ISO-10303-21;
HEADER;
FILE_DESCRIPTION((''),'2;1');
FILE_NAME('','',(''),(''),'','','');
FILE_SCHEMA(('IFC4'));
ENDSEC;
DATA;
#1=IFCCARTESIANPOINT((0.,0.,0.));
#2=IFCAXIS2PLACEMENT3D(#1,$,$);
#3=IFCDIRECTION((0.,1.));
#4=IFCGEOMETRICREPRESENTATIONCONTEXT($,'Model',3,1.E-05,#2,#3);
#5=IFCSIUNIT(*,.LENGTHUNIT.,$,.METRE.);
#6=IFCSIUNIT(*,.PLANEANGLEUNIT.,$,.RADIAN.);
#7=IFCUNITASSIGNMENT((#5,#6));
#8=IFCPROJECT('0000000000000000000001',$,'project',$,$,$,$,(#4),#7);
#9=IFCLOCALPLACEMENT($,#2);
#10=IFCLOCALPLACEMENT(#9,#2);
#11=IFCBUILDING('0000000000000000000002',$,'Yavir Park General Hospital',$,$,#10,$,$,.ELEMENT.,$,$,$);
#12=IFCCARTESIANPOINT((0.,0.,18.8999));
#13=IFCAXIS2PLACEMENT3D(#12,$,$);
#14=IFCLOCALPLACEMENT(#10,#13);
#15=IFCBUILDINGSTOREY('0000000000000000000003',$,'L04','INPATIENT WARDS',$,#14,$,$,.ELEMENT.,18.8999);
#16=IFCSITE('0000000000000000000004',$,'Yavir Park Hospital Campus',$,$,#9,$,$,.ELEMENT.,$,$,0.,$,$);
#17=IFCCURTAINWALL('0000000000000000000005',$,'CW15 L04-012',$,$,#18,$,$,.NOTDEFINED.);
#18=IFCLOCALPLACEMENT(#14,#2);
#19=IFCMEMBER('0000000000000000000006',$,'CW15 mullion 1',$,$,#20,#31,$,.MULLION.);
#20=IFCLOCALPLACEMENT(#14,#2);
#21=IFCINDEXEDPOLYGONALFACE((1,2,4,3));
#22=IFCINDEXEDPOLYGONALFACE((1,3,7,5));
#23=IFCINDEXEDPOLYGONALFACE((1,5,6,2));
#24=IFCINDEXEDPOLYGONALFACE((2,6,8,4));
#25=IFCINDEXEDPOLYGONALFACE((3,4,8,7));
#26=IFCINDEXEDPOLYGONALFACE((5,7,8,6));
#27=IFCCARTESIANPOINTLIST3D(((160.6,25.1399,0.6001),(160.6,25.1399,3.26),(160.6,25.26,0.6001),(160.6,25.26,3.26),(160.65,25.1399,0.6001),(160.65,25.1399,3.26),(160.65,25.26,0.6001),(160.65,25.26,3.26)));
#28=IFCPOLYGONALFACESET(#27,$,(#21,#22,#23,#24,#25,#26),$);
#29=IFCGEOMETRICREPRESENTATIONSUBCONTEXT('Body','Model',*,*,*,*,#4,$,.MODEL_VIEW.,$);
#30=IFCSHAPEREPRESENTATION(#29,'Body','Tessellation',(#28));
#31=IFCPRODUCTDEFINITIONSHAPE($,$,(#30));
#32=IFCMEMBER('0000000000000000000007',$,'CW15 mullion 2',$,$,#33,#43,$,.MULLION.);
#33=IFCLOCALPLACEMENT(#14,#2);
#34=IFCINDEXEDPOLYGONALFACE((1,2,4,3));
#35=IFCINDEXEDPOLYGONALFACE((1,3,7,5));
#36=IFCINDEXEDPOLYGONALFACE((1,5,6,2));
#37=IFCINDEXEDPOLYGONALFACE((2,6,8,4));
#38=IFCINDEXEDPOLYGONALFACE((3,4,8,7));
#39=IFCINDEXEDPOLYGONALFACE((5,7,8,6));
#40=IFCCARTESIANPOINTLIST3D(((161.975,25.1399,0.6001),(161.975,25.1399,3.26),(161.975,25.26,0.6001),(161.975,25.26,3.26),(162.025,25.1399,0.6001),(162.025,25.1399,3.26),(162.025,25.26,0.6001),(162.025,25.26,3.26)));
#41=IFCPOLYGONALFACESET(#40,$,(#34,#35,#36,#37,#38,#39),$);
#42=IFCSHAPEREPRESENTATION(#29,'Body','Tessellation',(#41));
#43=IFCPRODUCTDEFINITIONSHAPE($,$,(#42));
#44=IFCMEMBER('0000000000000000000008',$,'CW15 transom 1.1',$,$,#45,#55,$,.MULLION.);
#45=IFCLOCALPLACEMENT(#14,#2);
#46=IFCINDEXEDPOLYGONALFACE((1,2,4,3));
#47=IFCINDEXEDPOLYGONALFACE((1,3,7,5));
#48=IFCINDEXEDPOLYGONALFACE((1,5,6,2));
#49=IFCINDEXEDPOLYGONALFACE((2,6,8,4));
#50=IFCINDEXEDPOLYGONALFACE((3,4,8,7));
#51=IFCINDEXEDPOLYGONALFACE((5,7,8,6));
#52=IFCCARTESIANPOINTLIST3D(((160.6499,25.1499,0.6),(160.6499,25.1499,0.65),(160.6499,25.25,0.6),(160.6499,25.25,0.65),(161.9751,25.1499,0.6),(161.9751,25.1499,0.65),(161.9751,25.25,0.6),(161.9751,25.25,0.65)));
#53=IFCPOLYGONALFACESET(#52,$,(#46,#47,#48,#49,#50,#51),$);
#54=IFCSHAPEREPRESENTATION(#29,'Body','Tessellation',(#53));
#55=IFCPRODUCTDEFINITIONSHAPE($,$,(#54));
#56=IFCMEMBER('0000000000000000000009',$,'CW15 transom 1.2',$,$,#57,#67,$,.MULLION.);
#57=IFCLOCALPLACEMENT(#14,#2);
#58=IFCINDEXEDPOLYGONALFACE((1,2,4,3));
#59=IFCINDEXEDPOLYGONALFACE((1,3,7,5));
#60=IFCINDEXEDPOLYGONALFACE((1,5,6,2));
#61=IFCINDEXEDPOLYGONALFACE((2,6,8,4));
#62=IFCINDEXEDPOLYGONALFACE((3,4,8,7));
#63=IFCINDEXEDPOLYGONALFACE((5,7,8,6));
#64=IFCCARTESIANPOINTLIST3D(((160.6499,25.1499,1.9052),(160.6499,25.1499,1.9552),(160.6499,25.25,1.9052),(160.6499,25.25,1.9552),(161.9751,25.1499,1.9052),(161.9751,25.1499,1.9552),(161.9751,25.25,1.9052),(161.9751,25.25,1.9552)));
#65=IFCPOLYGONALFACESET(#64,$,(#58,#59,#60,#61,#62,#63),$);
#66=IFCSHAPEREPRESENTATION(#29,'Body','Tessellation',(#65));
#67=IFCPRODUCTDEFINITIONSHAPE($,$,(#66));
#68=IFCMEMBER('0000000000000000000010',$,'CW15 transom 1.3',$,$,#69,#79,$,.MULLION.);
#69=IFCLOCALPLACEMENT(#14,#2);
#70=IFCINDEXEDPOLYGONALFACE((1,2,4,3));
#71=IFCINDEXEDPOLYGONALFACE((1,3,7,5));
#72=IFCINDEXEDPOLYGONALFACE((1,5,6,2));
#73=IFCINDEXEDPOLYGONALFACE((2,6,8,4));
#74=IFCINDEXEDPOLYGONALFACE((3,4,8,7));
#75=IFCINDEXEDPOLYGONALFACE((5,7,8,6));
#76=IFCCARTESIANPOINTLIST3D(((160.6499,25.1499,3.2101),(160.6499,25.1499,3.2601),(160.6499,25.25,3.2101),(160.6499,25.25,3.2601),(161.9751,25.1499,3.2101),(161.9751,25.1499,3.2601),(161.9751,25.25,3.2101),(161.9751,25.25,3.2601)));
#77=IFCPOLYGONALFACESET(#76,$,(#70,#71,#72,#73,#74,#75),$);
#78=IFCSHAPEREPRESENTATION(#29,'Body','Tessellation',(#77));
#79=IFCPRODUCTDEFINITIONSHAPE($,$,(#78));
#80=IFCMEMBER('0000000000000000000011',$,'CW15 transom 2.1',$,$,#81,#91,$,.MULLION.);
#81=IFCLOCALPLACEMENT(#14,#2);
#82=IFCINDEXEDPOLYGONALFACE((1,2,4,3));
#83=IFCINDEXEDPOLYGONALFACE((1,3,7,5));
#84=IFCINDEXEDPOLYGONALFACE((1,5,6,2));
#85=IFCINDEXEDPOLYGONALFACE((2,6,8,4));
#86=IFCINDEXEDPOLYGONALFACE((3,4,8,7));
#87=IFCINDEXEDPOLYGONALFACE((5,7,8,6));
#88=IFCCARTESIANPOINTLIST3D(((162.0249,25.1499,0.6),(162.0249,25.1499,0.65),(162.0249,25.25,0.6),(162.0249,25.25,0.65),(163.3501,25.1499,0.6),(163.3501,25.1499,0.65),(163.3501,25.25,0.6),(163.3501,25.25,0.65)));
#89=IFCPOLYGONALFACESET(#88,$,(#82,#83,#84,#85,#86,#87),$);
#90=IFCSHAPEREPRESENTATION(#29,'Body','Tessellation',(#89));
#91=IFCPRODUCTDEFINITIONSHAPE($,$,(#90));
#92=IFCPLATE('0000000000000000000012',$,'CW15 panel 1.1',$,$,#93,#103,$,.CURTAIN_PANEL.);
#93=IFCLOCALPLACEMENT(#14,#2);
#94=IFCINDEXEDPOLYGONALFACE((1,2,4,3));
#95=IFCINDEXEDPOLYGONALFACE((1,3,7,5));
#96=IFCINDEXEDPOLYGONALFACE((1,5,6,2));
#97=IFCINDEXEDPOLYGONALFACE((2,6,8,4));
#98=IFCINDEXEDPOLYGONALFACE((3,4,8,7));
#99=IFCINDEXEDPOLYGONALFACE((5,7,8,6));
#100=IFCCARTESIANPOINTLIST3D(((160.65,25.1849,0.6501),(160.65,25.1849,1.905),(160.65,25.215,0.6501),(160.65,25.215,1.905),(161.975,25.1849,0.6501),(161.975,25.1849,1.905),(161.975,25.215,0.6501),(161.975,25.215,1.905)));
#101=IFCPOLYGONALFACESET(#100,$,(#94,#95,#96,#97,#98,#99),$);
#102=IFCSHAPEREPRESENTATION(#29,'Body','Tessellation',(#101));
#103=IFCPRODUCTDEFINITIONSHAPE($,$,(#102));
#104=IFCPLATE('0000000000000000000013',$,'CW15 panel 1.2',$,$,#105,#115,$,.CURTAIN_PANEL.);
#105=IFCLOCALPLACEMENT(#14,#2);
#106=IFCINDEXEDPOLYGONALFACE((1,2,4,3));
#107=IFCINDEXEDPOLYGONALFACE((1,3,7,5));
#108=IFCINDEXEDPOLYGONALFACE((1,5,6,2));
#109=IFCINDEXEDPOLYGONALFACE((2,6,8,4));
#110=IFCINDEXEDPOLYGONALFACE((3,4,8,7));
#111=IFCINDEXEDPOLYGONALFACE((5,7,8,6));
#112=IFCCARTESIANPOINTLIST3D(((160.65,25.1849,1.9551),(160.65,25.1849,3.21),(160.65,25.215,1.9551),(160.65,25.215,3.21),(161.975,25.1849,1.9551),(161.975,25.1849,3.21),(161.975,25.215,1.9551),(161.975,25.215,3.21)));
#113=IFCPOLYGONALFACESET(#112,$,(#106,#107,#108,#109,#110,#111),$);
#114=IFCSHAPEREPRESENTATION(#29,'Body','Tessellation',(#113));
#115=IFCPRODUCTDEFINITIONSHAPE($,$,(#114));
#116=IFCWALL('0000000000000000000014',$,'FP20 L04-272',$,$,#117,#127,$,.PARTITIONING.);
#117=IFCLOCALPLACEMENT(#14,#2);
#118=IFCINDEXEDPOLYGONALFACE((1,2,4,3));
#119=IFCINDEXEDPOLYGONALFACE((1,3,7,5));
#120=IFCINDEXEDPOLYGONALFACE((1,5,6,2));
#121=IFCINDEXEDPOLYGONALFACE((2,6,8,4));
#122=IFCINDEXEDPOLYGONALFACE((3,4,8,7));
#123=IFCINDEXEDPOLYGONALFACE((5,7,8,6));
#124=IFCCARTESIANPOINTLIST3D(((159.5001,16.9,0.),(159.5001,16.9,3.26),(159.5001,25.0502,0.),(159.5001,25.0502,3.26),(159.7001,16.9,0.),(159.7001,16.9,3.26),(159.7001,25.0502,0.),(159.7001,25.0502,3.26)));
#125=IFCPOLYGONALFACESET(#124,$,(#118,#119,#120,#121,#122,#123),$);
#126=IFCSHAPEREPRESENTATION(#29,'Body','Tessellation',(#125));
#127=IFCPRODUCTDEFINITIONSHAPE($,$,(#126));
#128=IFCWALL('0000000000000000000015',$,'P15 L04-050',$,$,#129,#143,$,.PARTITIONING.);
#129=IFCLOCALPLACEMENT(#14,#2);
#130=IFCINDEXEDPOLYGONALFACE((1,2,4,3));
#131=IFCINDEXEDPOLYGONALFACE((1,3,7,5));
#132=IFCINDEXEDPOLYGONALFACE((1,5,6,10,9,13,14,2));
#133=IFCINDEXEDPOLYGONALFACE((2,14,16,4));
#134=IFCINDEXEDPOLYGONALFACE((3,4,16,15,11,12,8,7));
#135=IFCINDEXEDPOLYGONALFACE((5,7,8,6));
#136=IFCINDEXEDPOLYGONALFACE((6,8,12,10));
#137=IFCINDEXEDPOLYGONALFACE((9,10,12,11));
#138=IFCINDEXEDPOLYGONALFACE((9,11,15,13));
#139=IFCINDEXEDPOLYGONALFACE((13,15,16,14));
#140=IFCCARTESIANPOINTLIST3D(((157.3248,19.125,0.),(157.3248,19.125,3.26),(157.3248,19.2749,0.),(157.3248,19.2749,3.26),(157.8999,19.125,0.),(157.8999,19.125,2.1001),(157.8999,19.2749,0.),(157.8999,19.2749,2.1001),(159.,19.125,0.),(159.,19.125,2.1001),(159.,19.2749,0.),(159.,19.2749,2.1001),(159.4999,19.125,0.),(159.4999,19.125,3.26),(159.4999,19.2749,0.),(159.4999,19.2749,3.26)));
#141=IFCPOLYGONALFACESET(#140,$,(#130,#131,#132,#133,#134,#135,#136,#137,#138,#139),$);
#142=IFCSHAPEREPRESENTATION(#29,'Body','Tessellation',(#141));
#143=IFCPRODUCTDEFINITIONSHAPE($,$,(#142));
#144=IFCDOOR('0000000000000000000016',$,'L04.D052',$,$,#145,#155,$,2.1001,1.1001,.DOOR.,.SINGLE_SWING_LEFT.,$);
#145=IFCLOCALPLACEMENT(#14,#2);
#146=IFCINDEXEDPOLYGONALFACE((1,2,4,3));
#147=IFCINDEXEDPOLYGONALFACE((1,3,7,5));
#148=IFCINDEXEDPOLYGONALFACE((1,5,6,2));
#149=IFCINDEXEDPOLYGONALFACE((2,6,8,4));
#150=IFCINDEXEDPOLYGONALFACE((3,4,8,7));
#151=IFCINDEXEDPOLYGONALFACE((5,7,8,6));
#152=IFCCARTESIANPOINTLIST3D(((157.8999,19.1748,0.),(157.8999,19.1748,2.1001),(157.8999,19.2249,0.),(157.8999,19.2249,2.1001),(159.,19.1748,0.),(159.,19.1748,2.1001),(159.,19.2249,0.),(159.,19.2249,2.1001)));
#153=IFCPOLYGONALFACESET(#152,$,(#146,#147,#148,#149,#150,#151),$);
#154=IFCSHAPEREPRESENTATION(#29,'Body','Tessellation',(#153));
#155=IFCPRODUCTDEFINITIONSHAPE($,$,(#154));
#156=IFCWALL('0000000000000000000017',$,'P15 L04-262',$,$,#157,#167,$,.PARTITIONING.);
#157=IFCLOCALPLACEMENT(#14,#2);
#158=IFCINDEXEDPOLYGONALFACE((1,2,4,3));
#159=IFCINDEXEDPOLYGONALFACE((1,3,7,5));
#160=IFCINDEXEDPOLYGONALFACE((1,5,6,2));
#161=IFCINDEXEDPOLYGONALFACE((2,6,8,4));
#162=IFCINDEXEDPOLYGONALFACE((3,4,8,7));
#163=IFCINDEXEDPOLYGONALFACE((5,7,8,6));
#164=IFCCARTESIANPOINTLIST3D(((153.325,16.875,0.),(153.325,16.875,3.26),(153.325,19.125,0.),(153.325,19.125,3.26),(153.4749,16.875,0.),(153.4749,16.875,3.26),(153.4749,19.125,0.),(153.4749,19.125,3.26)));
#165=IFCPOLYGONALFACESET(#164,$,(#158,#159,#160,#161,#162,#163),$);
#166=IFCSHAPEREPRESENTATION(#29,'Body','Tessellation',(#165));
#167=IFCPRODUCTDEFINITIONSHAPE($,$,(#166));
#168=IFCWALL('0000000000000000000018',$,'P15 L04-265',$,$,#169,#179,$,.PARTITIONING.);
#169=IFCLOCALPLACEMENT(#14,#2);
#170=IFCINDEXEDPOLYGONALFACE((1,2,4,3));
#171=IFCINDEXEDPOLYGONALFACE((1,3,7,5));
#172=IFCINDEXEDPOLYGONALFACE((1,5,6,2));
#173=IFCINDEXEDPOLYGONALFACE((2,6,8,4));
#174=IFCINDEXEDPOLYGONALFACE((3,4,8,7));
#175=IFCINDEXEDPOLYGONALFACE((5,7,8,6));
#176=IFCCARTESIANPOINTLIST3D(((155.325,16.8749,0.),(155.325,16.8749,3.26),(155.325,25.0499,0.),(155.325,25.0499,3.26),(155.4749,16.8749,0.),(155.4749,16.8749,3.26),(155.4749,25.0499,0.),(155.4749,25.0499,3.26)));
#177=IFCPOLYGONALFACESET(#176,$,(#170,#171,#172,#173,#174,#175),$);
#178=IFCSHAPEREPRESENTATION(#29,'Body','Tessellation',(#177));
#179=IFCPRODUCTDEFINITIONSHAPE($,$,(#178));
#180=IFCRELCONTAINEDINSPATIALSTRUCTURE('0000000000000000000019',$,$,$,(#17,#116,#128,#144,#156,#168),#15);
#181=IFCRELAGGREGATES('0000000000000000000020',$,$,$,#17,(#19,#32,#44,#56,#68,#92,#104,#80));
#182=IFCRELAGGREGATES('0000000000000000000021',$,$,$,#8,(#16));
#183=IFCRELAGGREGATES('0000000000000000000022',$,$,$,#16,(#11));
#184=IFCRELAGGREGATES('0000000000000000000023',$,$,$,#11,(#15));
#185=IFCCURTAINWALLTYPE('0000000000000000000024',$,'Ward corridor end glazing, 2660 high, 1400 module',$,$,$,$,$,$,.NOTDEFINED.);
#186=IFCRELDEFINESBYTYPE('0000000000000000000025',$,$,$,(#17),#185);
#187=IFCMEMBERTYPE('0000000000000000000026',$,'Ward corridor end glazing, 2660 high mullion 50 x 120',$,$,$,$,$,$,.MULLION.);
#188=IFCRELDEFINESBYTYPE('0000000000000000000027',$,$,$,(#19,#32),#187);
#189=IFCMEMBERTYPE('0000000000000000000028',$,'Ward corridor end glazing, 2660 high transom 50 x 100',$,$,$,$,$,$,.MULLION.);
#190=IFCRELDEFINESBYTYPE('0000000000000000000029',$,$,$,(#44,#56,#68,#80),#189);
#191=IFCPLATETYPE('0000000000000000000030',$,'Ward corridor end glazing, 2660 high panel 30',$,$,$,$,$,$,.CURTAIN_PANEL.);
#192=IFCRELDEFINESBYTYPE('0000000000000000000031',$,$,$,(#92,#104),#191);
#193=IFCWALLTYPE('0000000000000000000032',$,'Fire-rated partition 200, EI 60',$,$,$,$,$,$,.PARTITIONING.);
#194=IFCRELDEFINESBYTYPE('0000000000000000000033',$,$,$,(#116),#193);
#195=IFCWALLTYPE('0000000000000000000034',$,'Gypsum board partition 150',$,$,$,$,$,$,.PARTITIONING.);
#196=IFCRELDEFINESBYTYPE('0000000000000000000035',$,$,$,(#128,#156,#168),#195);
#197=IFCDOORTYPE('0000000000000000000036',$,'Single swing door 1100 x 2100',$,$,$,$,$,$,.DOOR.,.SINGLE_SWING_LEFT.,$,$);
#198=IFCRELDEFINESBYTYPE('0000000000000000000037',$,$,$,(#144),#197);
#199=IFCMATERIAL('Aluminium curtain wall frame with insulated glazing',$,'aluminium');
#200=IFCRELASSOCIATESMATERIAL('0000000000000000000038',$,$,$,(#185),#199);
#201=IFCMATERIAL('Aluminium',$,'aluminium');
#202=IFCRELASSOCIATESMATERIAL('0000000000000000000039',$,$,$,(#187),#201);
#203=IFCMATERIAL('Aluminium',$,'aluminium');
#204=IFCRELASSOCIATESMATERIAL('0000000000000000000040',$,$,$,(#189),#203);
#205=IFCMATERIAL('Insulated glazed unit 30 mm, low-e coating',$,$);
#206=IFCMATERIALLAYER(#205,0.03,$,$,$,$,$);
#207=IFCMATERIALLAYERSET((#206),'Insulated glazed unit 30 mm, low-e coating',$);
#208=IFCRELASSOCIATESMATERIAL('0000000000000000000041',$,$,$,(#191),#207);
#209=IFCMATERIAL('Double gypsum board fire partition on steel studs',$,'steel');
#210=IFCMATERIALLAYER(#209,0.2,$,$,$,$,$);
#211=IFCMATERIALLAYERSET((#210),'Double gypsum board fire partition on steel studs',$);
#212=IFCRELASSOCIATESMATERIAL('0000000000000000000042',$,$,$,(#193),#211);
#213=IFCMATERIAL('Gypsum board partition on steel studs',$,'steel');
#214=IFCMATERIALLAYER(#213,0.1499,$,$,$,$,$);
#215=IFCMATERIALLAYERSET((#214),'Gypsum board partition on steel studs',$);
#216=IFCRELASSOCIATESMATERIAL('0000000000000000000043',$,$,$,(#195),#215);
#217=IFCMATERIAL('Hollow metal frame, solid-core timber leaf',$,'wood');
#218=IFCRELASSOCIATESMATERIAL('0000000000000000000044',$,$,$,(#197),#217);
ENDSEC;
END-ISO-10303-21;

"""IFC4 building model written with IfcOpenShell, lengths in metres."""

from ifc_helpers import new_model, si_unit, direction, frame, frame_2d, origin, origin_2d, place, context, subcontext, project, spatial, rectangle, extrude, material, layer, layer_set, material_profile, profile_set, type_object, element, fill, aggregate, save


model = new_model("IFC4")

# Units and contexts
model_context = context("Model", 3, precision=1e-05, world=origin(), true_north=direction((0.0, 1.0)))
body_context = subcontext(model_context, "Body", "Model", "MODEL_VIEW")
ifc_project = project(units=[si_unit("LENGTHUNIT", "METRE"), si_unit("PLANEANGLEUNIT", "RADIAN")], contexts=[model_context])

# Site, building, storey
site_placement = place(None, origin())
site = spatial("IfcSite", under=ifc_project, at=site_placement, Name="Yavir Park Hospital Campus", CompositionType="ELEMENT", RefElevation=0.0)
building_placement = place(site_placement, origin())
building = spatial("IfcBuilding", under=site, at=building_placement, Name="Yavir Park General Hospital", CompositionType="ELEMENT")
storey_placement = place(building_placement, frame((0.0, 0.0, 18.8999)))
storey = spatial("IfcBuildingStorey", under=building, at=storey_placement, Name="L04", Description="INPATIENT WARDS", CompositionType="ELEMENT", Elevation=18.8999)

# Curtain wall, members, plates
ifc_material_1 = material(Name="Aluminium curtain wall frame with insulated glazing", Category="aluminium")
curtain_wall_type = type_object("IfcCurtainWallType", Name="Ward corridor end glazing, 2660 high, 1400 module", PredefinedType="NOTDEFINED", material=ifc_material_1)
curtain_wall_placement = place(storey_placement, origin())
curtain_wall = element("IfcCurtainWall", 1, at=curtain_wall_placement, inside=storey, type_object=curtain_wall_type, Name="CW15 L04-012", PredefinedType="NOTDEFINED")
ifc_material_2 = material(Name="Aluminium", Category="aluminium")
ifc_material_profile_1 = material_profile(ifc_material_2, rectangle(XDim=0.1201, YDim=0.05, at=origin_2d()), Name="AL 50x120")
ifc_profile_set_1 = profile_set([ifc_material_profile_1], Name="Aluminium")
member_type_1 = type_object("IfcMemberType", Name="Ward corridor end glazing, 2660 high mullion 50 x 120", PredefinedType="MULLION", material=ifc_profile_set_1)
member_1_placement = place(storey_placement, frame((160.625, 25.2, 0.6001), z_axis=(0.0, 0.0, 1.0), x_axis=(0.0, 1.0, 0.0)))
member_1 = element("IfcMember", 2, at=member_1_placement, type_object=member_type_1, Name="CW15 mullion 1", PredefinedType="MULLION", context=body_context, shape_type="SweptSolid", body=[
    extrude(rectangle(XDim=0.1201, YDim=0.05, at=origin_2d()), origin(), (0.0, 0.0, 1.0), 2.6599),
])
member_2_placement = place(storey_placement, frame((162.0, 25.2, 0.6001), z_axis=(0.0, 0.0, 1.0), x_axis=(0.0, 1.0, 0.0)))
member_2 = element("IfcMember", 3, at=member_2_placement, type_object=member_type_1, Name="CW15 mullion 2", PredefinedType="MULLION", context=body_context, shape_type="SweptSolid", body=[
    extrude(rectangle(XDim=0.1201, YDim=0.05, at=origin_2d()), origin(), (0.0, 0.0, 1.0), 2.6599),
])
ifc_material_3 = material(Name="Aluminium", Category="aluminium")
ifc_material_profile_2 = material_profile(ifc_material_3, rectangle(XDim=0.1001, YDim=0.05, at=origin_2d()), Name="AL 100x50")
ifc_profile_set_2 = profile_set([ifc_material_profile_2], Name="Aluminium")
member_type_2 = type_object("IfcMemberType", Name="Ward corridor end glazing, 2660 high transom 50 x 100", PredefinedType="MULLION", material=ifc_profile_set_2)
member_3_placement = place(storey_placement, frame((160.6499, 25.2, 0.625), z_axis=(1.0, 0.0, 0.0), x_axis=(0.0, 1.0, 0.0)))
member_3 = element("IfcMember", 4, at=member_3_placement, type_object=member_type_2, Name="CW15 transom 1.1", PredefinedType="MULLION", context=body_context, shape_type="SweptSolid", body=[
    extrude(rectangle(XDim=0.1001, YDim=0.05, at=origin_2d()), origin(), (0.0, 0.0, 1.0), 1.3252),
])
member_4_placement = place(storey_placement, frame((160.6499, 25.2, 1.9302), z_axis=(1.0, 0.0, 0.0), x_axis=(0.0, 1.0, 0.0)))
member_4 = element("IfcMember", 5, at=member_4_placement, type_object=member_type_2, Name="CW15 transom 1.2", PredefinedType="MULLION", context=body_context, shape_type="SweptSolid", body=[
    extrude(rectangle(XDim=0.1001, YDim=0.05, at=origin_2d()), origin(), (0.0, 0.0, 1.0), 1.3252),
])
member_5_placement = place(storey_placement, frame((160.6499, 25.2, 3.2351), z_axis=(1.0, 0.0, 0.0), x_axis=(0.0, 1.0, 0.0)))
member_5 = element("IfcMember", 6, at=member_5_placement, type_object=member_type_2, Name="CW15 transom 1.3", PredefinedType="MULLION", context=body_context, shape_type="SweptSolid", body=[
    extrude(rectangle(XDim=0.1001, YDim=0.05, at=origin_2d()), origin(), (0.0, 0.0, 1.0), 1.3252),
])
member_6_placement = place(storey_placement, frame((162.0249, 25.2, 0.625), z_axis=(1.0, 0.0, 0.0), x_axis=(0.0, 1.0, 0.0)))
member_6 = element("IfcMember", 7, at=member_6_placement, type_object=member_type_2, Name="CW15 transom 2.1", PredefinedType="MULLION", context=body_context, shape_type="SweptSolid", body=[
    extrude(rectangle(XDim=0.1001, YDim=0.05, at=origin_2d()), origin(), (0.0, 0.0, 1.0), 1.3252),
])
ifc_material_4 = material(Name="Insulated glazed unit 30 mm, low-e coating")
ifc_layer_1 = layer(ifc_material_4, 0.03)
ifc_layer_set_1 = layer_set([ifc_layer_1], Name="Insulated glazed unit 30 mm, low-e coating")
plate_type = type_object("IfcPlateType", Name="Ward corridor end glazing, 2660 high panel 30", PredefinedType="CURTAIN_PANEL", material=ifc_layer_set_1)
plate_1_placement = place(storey_placement, frame((161.3125, 25.2, 0.6501), z_axis=(0.0, 0.0, 1.0), x_axis=(1.0, 0.0, 0.0)))
plate_1 = element("IfcPlate", 8, at=plate_1_placement, type_object=plate_type, Name="CW15 panel 1.1", PredefinedType="CURTAIN_PANEL", context=body_context, shape_type="SweptSolid", body=[
    extrude(rectangle(XDim=1.325, YDim=0.03, at=origin_2d()), origin(), (0.0, 0.0, 1.0), 1.2549),
])
plate_2_placement = place(storey_placement, frame((161.3125, 25.2, 1.9551), z_axis=(0.0, 0.0, 1.0), x_axis=(1.0, 0.0, 0.0)))
plate_2 = element("IfcPlate", 9, at=plate_2_placement, type_object=plate_type, Name="CW15 panel 1.2", PredefinedType="CURTAIN_PANEL", context=body_context, shape_type="SweptSolid", body=[
    extrude(rectangle(XDim=1.325, YDim=0.03, at=origin_2d()), origin(), (0.0, 0.0, 1.0), 1.2549),
])
aggregate(curtain_wall, [member_1, member_2, member_3, member_4, member_5, plate_1, plate_2, member_6])

# Wall
ifc_material_5 = material(Name="Double gypsum board fire partition on steel studs", Category="steel")
ifc_layer_2 = layer(ifc_material_5, 0.2)
ifc_layer_set_2 = layer_set([ifc_layer_2], Name="Double gypsum board fire partition on steel studs")
wall_type_1 = type_object("IfcWallType", Name="Fire-rated partition 200, EI 60", PredefinedType="PARTITIONING", material=ifc_layer_set_2)
wall_1_placement = place(storey_placement, frame((159.6001, 16.8999, 0.0), z_axis=(0.0, 0.0, 1.0), x_axis=(0.0, 1.0, 0.0)))
element("IfcWall", 10, at=wall_1_placement, inside=storey, type_object=wall_type_1, Name="FP20 L04-272", PredefinedType="PARTITIONING", context=body_context, shape_type="SweptSolid", body=[
    extrude(rectangle(XDim=8.1501, YDim=0.2, at=frame_2d((4.0752, 0.0))), origin(), (0.0, 0.0, 1.0), 3.26),
])

# Wall, opening, door
ifc_material_6 = material(Name="Gypsum board partition on steel studs", Category="steel")
ifc_layer_3 = layer(ifc_material_6, 0.1499)
ifc_layer_set_3 = layer_set([ifc_layer_3], Name="Gypsum board partition on steel studs")
wall_type_2 = type_object("IfcWallType", Name="Gypsum board partition 150", PredefinedType="PARTITIONING", material=ifc_layer_set_3)
wall_2_placement = place(storey_placement, frame((157.325, 19.2, 0.0), z_axis=(0.0, 0.0, 1.0), x_axis=(1.0, 0.0, 0.0)))
wall_2 = element("IfcWall", 11, at=wall_2_placement, inside=storey, type_object=wall_type_2, Name="P15 L04-050", PredefinedType="PARTITIONING", context=body_context, shape_type="SweptSolid", body=[
    extrude(rectangle(XDim=2.175, YDim=0.1499, at=frame_2d((1.0874, 0.0))), origin(), (0.0, 0.0, 1.0), 3.26),
])
opening_1_placement = place(wall_2_placement, frame((0.575, 0.0, 0.0)))
opening_1 = element("IfcOpeningElement", 12, at=opening_1_placement, cuts=wall_2, PredefinedType="OPENING", context=body_context, shape_type="SweptSolid", body=[
    extrude(rectangle(XDim=1.1001, YDim=2.1001, at=frame_2d((0.55, 1.05))), frame((0.0, 0.085, 0.0), z_axis=(0.0, -1.0, 0.0), x_axis=(1.0, 0.0, 0.0)), (0.0, 0.0, 1.0), 0.1699),
])
ifc_material_7 = material(Name="Hollow metal frame, solid-core timber leaf", Category="wood")
door_type = type_object("IfcDoorType", Name="Single swing door 1100 x 2100", OperationType="SINGLE_SWING_LEFT", PredefinedType="DOOR", material=ifc_material_7)
door_placement = place(opening_1_placement, origin())
door = element("IfcDoor", 13, at=door_placement, inside=storey, type_object=door_type, Name="L04.D052", OperationType="SINGLE_SWING_LEFT", OverallHeight=2.1001, OverallWidth=1.1001, PredefinedType="DOOR", context=body_context, shape_type="SweptSolid", body=[
    extrude(rectangle(XDim=1.1001, YDim=2.1001, at=frame_2d((0.55, 1.05))), frame((0.0, 0.0249, 0.0), z_axis=(0.0, -1.0, 0.0), x_axis=(1.0, 0.0, 0.0)), (0.0, 0.0, 1.0), 0.05),
])
fill(opening_1, door)

# Walls
wall_3_placement = place(storey_placement, frame((153.3999, 16.875, 0.0), z_axis=(0.0, 0.0, 1.0), x_axis=(0.0, 1.0, 0.0)))
element("IfcWall", 14, at=wall_3_placement, inside=storey, type_object=wall_type_2, Name="P15 L04-262", PredefinedType="PARTITIONING", context=body_context, shape_type="SweptSolid", body=[
    extrude(rectangle(XDim=2.25, YDim=0.1499, at=frame_2d((1.125, 0.0))), origin(), (0.0, 0.0, 1.0), 3.26),
])
wall_4_placement = place(storey_placement, frame((155.3999, 16.875, 0.0), z_axis=(0.0, 0.0, 1.0), x_axis=(0.0, 1.0, 0.0)))
element("IfcWall", 15, at=wall_4_placement, inside=storey, type_object=wall_type_2, Name="P15 L04-265", PredefinedType="PARTITIONING", context=body_context, shape_type="SweptSolid", body=[
    extrude(rectangle(XDim=8.175, YDim=0.1499, at=frame_2d((4.0874, 0.0))), origin(), (0.0, 0.0, 1.0), 3.26),
])

save(model, "model.ifc")
